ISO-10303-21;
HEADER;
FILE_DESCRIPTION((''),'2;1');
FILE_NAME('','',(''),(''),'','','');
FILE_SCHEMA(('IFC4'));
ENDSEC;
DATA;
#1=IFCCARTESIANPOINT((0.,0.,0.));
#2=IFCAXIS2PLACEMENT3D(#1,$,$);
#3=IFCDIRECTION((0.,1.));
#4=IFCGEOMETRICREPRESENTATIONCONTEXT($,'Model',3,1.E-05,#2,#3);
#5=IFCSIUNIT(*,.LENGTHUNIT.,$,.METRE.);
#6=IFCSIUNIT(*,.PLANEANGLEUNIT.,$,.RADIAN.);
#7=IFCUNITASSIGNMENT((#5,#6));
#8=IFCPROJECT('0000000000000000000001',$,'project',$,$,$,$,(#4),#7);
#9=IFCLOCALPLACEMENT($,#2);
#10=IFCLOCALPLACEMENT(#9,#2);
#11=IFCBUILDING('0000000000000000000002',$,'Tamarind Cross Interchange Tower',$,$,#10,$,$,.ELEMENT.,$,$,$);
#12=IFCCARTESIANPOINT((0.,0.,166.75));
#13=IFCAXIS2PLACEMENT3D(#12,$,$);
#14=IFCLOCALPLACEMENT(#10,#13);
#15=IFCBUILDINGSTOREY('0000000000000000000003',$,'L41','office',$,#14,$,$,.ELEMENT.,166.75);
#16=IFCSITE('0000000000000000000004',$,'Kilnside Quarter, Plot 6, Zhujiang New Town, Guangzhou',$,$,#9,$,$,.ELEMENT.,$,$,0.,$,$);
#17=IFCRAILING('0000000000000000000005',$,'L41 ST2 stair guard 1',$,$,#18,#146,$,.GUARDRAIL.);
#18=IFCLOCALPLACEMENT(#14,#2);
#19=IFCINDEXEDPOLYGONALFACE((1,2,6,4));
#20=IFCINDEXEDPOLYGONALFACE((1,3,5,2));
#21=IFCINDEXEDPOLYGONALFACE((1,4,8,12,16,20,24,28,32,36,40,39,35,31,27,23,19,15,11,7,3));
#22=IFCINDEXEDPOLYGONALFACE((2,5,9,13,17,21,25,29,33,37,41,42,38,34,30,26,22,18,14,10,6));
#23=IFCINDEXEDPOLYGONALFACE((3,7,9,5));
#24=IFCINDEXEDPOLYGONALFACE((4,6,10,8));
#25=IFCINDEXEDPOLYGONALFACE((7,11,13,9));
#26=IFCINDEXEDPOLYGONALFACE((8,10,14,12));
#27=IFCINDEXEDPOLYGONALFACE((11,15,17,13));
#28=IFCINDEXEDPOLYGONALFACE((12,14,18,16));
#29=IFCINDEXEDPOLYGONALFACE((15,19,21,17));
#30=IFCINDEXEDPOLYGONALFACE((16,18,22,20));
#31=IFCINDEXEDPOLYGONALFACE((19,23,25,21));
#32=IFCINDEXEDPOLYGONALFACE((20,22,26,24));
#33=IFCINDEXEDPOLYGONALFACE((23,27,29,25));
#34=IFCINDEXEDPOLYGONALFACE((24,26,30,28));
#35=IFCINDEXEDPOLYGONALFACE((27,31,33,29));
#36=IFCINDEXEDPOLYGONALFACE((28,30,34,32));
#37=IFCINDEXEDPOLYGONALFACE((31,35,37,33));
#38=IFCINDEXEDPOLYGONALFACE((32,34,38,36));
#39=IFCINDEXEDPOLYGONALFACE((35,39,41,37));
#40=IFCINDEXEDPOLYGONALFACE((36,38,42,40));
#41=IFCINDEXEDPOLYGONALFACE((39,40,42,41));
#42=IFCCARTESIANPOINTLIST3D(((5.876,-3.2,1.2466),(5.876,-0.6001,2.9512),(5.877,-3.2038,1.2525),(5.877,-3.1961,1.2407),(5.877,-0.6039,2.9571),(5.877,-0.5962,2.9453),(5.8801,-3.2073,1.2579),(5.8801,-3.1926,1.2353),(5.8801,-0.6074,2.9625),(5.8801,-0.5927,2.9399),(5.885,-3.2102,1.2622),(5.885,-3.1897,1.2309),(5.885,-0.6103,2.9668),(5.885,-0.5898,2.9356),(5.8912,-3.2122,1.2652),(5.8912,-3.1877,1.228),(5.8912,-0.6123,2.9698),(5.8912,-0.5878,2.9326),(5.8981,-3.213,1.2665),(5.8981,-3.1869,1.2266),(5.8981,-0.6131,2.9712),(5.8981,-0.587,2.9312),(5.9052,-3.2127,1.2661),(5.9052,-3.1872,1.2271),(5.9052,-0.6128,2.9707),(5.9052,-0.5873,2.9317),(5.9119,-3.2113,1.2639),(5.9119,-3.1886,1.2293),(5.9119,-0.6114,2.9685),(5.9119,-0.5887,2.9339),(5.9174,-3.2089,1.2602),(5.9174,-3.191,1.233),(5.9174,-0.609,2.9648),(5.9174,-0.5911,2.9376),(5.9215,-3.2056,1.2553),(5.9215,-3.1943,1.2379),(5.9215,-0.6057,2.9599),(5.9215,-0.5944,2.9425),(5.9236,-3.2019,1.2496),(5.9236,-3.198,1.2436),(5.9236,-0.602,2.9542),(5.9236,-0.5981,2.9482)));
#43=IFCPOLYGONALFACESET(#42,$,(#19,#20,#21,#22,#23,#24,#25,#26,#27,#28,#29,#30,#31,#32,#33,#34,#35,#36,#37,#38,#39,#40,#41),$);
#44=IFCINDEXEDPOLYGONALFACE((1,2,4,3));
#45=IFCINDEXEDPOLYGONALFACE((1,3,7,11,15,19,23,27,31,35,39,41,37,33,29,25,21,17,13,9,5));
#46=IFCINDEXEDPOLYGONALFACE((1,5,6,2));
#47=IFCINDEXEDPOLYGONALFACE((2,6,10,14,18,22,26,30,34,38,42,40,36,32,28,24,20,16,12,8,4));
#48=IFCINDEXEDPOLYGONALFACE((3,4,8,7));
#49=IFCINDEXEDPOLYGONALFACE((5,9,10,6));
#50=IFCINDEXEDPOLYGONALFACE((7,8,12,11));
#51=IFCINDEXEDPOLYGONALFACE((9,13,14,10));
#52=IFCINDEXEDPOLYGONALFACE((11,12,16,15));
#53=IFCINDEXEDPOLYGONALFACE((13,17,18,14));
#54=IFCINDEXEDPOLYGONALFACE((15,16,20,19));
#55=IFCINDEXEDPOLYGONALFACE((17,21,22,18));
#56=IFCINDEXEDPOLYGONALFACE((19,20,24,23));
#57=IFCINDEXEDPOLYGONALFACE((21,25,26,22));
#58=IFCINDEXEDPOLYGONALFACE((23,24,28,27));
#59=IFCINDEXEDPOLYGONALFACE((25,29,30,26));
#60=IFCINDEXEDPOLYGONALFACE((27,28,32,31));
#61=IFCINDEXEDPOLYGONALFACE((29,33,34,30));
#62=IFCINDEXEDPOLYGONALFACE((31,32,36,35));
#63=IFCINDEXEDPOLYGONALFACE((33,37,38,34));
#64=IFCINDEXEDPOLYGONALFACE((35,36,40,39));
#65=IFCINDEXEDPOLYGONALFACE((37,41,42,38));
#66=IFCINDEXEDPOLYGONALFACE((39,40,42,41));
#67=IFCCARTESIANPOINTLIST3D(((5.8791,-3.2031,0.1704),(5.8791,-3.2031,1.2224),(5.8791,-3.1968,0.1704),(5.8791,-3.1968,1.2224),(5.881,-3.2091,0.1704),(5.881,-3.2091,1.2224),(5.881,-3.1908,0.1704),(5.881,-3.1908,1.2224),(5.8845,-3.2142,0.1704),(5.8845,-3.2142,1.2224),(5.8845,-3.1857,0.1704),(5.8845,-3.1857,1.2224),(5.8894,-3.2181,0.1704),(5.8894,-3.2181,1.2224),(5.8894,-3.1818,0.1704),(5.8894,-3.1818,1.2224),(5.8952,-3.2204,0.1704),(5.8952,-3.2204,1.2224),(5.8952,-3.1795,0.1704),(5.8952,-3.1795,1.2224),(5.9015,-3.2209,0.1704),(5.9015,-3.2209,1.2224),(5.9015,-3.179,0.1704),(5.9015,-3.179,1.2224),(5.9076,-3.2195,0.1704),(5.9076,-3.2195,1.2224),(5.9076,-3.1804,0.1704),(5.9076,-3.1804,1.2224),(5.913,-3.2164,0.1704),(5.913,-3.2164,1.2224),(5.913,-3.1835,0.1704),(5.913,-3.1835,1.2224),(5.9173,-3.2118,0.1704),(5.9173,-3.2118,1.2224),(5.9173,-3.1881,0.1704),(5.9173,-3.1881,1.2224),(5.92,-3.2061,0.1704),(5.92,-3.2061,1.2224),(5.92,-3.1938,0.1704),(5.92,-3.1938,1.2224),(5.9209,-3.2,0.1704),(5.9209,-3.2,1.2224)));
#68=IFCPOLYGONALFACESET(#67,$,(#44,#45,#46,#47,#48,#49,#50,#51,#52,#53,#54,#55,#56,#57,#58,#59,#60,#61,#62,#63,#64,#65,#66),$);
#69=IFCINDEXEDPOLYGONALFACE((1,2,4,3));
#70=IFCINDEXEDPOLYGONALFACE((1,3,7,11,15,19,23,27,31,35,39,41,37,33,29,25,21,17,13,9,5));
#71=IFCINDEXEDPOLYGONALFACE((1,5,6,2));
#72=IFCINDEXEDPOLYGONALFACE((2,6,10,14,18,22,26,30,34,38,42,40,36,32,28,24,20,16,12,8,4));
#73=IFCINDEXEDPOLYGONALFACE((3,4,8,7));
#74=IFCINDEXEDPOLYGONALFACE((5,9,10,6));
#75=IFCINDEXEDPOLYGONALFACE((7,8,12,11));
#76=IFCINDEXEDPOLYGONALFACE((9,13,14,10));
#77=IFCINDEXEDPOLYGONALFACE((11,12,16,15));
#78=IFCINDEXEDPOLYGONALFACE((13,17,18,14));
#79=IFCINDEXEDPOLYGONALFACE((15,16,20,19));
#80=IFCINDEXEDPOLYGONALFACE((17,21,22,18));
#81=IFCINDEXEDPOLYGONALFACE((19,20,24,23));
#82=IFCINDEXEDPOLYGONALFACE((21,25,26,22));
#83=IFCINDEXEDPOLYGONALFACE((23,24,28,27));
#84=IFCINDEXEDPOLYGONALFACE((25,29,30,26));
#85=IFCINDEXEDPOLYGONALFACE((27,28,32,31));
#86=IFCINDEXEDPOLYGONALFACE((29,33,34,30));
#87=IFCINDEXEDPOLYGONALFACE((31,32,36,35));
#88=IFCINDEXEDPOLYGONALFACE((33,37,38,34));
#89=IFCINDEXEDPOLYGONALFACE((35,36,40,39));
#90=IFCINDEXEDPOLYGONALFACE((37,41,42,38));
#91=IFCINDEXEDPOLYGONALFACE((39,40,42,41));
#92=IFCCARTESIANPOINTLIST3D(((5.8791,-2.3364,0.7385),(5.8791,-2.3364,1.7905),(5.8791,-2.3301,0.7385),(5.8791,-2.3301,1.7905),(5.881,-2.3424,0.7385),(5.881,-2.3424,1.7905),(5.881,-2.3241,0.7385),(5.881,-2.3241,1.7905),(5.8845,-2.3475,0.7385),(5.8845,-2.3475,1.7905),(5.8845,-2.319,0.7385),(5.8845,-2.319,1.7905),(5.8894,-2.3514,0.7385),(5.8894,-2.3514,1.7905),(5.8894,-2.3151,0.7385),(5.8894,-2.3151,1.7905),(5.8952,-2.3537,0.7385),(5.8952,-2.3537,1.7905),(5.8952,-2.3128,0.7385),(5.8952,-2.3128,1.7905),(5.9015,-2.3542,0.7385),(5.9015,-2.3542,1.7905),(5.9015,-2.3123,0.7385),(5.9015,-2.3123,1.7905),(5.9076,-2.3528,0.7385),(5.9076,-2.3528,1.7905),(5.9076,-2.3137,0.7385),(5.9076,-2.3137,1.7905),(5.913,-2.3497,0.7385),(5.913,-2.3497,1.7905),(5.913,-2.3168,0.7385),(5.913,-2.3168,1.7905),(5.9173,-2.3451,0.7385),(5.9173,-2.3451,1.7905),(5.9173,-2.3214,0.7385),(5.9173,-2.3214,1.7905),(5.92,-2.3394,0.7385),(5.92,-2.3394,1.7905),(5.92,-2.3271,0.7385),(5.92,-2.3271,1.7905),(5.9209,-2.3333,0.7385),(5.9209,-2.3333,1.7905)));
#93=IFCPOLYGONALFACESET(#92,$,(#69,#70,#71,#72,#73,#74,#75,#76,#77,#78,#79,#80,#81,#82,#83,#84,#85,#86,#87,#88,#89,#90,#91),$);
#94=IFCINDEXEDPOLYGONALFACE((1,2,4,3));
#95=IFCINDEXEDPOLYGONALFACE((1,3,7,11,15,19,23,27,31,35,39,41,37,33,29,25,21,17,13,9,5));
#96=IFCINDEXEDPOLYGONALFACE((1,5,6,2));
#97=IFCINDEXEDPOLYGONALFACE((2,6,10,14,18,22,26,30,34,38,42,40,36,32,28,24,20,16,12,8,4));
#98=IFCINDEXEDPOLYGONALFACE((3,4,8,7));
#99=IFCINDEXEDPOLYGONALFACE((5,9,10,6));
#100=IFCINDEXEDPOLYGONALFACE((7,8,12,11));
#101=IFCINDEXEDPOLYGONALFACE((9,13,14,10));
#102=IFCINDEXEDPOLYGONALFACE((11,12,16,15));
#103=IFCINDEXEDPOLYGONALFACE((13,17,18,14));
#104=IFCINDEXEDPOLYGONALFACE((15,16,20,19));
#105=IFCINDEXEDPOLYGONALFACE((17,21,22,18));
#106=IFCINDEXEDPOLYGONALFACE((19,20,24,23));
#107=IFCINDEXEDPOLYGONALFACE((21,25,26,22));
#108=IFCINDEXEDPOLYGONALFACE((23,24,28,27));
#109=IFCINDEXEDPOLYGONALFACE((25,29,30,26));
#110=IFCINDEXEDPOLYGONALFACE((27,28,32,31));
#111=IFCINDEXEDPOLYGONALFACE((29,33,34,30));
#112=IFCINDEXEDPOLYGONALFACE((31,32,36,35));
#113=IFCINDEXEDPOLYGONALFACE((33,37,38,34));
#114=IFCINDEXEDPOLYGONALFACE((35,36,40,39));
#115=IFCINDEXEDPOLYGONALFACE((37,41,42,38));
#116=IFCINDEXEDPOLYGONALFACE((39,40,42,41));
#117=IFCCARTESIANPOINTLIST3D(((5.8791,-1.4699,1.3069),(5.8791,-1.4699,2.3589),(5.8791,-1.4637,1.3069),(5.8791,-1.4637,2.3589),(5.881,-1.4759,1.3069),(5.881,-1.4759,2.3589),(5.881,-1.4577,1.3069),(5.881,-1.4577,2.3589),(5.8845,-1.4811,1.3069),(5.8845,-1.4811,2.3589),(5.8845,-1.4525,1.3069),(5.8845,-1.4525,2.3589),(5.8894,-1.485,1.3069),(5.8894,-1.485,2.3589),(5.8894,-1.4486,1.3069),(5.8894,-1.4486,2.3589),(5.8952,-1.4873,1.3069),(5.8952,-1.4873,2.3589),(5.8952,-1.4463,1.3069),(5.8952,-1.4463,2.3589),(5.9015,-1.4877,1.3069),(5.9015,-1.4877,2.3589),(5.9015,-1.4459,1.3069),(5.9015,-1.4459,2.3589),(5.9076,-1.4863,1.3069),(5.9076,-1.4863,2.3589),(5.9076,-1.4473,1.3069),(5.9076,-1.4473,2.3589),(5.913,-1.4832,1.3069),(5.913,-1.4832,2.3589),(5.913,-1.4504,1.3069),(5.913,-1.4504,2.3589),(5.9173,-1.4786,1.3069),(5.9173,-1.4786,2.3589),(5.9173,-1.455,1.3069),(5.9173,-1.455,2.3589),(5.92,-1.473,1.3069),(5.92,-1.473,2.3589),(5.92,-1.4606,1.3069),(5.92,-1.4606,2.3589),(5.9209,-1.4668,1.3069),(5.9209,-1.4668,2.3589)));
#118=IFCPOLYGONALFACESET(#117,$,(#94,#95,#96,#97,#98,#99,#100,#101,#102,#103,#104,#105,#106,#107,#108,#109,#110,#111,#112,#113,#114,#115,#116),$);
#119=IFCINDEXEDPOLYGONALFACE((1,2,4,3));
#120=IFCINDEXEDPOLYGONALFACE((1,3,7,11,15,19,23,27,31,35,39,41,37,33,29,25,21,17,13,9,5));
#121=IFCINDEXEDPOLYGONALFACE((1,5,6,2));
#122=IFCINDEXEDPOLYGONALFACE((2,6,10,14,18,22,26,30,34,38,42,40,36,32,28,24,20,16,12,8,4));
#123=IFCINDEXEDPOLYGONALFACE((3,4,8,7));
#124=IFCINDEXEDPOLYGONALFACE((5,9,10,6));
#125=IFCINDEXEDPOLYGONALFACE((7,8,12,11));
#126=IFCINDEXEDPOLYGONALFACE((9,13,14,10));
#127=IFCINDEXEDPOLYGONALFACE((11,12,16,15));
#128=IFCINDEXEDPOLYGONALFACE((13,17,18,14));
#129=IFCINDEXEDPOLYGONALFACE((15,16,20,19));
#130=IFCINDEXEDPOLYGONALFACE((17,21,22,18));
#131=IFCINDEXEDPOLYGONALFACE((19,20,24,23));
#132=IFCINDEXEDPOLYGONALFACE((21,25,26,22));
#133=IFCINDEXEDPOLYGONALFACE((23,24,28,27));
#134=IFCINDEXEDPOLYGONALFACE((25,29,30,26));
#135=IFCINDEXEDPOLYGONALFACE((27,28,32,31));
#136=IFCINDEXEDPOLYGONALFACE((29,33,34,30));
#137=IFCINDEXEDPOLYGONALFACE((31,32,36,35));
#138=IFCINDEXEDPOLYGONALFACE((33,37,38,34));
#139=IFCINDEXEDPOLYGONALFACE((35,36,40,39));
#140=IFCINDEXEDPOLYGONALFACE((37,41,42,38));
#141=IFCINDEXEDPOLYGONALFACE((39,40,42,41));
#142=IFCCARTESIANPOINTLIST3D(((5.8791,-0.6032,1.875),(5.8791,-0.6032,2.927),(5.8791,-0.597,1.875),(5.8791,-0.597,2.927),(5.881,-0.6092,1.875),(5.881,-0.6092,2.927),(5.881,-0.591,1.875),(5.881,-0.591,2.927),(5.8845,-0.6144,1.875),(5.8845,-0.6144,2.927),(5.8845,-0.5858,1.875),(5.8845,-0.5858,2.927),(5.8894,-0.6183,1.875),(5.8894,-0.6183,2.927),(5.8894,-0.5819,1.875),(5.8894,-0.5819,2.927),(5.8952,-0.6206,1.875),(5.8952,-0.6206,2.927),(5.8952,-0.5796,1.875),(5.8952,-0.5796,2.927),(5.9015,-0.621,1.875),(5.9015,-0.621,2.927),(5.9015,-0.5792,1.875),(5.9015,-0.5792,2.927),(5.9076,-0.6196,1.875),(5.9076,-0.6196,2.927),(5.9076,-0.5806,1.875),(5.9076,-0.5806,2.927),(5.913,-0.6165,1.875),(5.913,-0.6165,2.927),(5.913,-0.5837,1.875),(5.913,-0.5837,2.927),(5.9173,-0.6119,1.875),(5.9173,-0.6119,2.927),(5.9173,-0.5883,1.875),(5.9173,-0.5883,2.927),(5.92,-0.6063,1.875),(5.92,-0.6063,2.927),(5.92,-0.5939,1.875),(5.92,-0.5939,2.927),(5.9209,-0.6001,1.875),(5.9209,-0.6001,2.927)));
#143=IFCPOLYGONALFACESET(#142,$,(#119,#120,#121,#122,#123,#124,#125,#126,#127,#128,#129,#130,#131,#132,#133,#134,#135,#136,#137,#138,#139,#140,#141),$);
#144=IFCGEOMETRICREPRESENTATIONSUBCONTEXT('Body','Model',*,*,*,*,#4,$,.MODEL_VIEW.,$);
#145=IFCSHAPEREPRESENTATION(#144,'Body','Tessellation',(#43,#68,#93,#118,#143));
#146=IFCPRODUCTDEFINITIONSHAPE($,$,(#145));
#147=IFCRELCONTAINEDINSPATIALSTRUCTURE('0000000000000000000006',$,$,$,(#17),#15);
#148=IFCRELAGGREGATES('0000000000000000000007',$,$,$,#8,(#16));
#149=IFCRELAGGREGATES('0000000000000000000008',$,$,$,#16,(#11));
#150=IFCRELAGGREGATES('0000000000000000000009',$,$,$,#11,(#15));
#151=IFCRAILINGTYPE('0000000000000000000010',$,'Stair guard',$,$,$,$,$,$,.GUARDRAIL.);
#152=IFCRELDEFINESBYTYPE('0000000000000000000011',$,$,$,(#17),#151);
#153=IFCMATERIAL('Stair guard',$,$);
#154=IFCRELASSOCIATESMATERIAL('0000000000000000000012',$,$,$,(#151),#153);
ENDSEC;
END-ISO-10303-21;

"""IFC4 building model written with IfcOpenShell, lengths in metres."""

from ifc_helpers import new_model, si_unit, direction, frame, origin, origin_2d, place, context, subcontext, project, spatial, circle, extrude, material, type_object, element, save


model = new_model("IFC4")

# Units and contexts
model_context = context("Model", 3, precision=1e-05, world=origin(), true_north=direction((0.0, 1.0)))
body_context = subcontext(model_context, "Body", "Model", "MODEL_VIEW")
ifc_project = project(units=[si_unit("LENGTHUNIT", "METRE"), si_unit("PLANEANGLEUNIT", "RADIAN")], contexts=[model_context])

# Site, building, storey
site_placement = place(None, origin())
site = spatial("IfcSite", under=ifc_project, at=site_placement, Name="Kilnside Quarter, Plot 6, Zhujiang New Town, Guangzhou", CompositionType="ELEMENT", RefElevation=0.0)
building_placement = place(site_placement, origin())
building = spatial("IfcBuilding", under=site, at=building_placement, Name="Tamarind Cross Interchange Tower", CompositionType="ELEMENT")
storey_placement = place(building_placement, frame((0.0, 0.0, 166.75)))
storey = spatial("IfcBuildingStorey", under=building, at=storey_placement, Name="L41", Description="office", CompositionType="ELEMENT", Elevation=166.75)

# Railing
ifc_material_1 = material(Name="Stair guard")
railing_type_1 = type_object("IfcRailingType", Name="Stair guard", PredefinedType="GUARDRAIL", material=ifc_material_1)
railing_1_placement = place(storey_placement, frame((5.8999, -3.2, 0.1704)))
element("IfcRailing", 1, at=railing_1_placement, inside=storey, type_object=railing_type_1, Name="L41 ST2 stair guard 1", PredefinedType="GUARDRAIL", context=body_context, shape_type="SweptSolid", body=[
    extrude(circle(Radius=0.0239, at=origin_2d()), frame((0.0, 0.0, 1.0762), z_axis=(0.0, 0.836279, 0.548305), x_axis=(-1.0, 0.0, 0.0)), (0.0, 0.0, 1.0), 3.1089),
    extrude(circle(Radius=0.021, at=origin_2d()), origin(), (0.0, 0.0, 1.0), 1.052),
    extrude(circle(Radius=0.021, at=origin_2d()), frame((0.0, 0.8667, 0.5681)), (0.0, 0.0, 1.0), 1.052),
    extrude(circle(Radius=0.021, at=origin_2d()), frame((0.0, 1.7332, 1.1365)), (0.0, 0.0, 1.0), 1.052),
    extrude(circle(Radius=0.021, at=origin_2d()), frame((0.0, 2.5999, 1.7046)), (0.0, 0.0, 1.0), 1.052),
])

save(model, "model.ifc")
